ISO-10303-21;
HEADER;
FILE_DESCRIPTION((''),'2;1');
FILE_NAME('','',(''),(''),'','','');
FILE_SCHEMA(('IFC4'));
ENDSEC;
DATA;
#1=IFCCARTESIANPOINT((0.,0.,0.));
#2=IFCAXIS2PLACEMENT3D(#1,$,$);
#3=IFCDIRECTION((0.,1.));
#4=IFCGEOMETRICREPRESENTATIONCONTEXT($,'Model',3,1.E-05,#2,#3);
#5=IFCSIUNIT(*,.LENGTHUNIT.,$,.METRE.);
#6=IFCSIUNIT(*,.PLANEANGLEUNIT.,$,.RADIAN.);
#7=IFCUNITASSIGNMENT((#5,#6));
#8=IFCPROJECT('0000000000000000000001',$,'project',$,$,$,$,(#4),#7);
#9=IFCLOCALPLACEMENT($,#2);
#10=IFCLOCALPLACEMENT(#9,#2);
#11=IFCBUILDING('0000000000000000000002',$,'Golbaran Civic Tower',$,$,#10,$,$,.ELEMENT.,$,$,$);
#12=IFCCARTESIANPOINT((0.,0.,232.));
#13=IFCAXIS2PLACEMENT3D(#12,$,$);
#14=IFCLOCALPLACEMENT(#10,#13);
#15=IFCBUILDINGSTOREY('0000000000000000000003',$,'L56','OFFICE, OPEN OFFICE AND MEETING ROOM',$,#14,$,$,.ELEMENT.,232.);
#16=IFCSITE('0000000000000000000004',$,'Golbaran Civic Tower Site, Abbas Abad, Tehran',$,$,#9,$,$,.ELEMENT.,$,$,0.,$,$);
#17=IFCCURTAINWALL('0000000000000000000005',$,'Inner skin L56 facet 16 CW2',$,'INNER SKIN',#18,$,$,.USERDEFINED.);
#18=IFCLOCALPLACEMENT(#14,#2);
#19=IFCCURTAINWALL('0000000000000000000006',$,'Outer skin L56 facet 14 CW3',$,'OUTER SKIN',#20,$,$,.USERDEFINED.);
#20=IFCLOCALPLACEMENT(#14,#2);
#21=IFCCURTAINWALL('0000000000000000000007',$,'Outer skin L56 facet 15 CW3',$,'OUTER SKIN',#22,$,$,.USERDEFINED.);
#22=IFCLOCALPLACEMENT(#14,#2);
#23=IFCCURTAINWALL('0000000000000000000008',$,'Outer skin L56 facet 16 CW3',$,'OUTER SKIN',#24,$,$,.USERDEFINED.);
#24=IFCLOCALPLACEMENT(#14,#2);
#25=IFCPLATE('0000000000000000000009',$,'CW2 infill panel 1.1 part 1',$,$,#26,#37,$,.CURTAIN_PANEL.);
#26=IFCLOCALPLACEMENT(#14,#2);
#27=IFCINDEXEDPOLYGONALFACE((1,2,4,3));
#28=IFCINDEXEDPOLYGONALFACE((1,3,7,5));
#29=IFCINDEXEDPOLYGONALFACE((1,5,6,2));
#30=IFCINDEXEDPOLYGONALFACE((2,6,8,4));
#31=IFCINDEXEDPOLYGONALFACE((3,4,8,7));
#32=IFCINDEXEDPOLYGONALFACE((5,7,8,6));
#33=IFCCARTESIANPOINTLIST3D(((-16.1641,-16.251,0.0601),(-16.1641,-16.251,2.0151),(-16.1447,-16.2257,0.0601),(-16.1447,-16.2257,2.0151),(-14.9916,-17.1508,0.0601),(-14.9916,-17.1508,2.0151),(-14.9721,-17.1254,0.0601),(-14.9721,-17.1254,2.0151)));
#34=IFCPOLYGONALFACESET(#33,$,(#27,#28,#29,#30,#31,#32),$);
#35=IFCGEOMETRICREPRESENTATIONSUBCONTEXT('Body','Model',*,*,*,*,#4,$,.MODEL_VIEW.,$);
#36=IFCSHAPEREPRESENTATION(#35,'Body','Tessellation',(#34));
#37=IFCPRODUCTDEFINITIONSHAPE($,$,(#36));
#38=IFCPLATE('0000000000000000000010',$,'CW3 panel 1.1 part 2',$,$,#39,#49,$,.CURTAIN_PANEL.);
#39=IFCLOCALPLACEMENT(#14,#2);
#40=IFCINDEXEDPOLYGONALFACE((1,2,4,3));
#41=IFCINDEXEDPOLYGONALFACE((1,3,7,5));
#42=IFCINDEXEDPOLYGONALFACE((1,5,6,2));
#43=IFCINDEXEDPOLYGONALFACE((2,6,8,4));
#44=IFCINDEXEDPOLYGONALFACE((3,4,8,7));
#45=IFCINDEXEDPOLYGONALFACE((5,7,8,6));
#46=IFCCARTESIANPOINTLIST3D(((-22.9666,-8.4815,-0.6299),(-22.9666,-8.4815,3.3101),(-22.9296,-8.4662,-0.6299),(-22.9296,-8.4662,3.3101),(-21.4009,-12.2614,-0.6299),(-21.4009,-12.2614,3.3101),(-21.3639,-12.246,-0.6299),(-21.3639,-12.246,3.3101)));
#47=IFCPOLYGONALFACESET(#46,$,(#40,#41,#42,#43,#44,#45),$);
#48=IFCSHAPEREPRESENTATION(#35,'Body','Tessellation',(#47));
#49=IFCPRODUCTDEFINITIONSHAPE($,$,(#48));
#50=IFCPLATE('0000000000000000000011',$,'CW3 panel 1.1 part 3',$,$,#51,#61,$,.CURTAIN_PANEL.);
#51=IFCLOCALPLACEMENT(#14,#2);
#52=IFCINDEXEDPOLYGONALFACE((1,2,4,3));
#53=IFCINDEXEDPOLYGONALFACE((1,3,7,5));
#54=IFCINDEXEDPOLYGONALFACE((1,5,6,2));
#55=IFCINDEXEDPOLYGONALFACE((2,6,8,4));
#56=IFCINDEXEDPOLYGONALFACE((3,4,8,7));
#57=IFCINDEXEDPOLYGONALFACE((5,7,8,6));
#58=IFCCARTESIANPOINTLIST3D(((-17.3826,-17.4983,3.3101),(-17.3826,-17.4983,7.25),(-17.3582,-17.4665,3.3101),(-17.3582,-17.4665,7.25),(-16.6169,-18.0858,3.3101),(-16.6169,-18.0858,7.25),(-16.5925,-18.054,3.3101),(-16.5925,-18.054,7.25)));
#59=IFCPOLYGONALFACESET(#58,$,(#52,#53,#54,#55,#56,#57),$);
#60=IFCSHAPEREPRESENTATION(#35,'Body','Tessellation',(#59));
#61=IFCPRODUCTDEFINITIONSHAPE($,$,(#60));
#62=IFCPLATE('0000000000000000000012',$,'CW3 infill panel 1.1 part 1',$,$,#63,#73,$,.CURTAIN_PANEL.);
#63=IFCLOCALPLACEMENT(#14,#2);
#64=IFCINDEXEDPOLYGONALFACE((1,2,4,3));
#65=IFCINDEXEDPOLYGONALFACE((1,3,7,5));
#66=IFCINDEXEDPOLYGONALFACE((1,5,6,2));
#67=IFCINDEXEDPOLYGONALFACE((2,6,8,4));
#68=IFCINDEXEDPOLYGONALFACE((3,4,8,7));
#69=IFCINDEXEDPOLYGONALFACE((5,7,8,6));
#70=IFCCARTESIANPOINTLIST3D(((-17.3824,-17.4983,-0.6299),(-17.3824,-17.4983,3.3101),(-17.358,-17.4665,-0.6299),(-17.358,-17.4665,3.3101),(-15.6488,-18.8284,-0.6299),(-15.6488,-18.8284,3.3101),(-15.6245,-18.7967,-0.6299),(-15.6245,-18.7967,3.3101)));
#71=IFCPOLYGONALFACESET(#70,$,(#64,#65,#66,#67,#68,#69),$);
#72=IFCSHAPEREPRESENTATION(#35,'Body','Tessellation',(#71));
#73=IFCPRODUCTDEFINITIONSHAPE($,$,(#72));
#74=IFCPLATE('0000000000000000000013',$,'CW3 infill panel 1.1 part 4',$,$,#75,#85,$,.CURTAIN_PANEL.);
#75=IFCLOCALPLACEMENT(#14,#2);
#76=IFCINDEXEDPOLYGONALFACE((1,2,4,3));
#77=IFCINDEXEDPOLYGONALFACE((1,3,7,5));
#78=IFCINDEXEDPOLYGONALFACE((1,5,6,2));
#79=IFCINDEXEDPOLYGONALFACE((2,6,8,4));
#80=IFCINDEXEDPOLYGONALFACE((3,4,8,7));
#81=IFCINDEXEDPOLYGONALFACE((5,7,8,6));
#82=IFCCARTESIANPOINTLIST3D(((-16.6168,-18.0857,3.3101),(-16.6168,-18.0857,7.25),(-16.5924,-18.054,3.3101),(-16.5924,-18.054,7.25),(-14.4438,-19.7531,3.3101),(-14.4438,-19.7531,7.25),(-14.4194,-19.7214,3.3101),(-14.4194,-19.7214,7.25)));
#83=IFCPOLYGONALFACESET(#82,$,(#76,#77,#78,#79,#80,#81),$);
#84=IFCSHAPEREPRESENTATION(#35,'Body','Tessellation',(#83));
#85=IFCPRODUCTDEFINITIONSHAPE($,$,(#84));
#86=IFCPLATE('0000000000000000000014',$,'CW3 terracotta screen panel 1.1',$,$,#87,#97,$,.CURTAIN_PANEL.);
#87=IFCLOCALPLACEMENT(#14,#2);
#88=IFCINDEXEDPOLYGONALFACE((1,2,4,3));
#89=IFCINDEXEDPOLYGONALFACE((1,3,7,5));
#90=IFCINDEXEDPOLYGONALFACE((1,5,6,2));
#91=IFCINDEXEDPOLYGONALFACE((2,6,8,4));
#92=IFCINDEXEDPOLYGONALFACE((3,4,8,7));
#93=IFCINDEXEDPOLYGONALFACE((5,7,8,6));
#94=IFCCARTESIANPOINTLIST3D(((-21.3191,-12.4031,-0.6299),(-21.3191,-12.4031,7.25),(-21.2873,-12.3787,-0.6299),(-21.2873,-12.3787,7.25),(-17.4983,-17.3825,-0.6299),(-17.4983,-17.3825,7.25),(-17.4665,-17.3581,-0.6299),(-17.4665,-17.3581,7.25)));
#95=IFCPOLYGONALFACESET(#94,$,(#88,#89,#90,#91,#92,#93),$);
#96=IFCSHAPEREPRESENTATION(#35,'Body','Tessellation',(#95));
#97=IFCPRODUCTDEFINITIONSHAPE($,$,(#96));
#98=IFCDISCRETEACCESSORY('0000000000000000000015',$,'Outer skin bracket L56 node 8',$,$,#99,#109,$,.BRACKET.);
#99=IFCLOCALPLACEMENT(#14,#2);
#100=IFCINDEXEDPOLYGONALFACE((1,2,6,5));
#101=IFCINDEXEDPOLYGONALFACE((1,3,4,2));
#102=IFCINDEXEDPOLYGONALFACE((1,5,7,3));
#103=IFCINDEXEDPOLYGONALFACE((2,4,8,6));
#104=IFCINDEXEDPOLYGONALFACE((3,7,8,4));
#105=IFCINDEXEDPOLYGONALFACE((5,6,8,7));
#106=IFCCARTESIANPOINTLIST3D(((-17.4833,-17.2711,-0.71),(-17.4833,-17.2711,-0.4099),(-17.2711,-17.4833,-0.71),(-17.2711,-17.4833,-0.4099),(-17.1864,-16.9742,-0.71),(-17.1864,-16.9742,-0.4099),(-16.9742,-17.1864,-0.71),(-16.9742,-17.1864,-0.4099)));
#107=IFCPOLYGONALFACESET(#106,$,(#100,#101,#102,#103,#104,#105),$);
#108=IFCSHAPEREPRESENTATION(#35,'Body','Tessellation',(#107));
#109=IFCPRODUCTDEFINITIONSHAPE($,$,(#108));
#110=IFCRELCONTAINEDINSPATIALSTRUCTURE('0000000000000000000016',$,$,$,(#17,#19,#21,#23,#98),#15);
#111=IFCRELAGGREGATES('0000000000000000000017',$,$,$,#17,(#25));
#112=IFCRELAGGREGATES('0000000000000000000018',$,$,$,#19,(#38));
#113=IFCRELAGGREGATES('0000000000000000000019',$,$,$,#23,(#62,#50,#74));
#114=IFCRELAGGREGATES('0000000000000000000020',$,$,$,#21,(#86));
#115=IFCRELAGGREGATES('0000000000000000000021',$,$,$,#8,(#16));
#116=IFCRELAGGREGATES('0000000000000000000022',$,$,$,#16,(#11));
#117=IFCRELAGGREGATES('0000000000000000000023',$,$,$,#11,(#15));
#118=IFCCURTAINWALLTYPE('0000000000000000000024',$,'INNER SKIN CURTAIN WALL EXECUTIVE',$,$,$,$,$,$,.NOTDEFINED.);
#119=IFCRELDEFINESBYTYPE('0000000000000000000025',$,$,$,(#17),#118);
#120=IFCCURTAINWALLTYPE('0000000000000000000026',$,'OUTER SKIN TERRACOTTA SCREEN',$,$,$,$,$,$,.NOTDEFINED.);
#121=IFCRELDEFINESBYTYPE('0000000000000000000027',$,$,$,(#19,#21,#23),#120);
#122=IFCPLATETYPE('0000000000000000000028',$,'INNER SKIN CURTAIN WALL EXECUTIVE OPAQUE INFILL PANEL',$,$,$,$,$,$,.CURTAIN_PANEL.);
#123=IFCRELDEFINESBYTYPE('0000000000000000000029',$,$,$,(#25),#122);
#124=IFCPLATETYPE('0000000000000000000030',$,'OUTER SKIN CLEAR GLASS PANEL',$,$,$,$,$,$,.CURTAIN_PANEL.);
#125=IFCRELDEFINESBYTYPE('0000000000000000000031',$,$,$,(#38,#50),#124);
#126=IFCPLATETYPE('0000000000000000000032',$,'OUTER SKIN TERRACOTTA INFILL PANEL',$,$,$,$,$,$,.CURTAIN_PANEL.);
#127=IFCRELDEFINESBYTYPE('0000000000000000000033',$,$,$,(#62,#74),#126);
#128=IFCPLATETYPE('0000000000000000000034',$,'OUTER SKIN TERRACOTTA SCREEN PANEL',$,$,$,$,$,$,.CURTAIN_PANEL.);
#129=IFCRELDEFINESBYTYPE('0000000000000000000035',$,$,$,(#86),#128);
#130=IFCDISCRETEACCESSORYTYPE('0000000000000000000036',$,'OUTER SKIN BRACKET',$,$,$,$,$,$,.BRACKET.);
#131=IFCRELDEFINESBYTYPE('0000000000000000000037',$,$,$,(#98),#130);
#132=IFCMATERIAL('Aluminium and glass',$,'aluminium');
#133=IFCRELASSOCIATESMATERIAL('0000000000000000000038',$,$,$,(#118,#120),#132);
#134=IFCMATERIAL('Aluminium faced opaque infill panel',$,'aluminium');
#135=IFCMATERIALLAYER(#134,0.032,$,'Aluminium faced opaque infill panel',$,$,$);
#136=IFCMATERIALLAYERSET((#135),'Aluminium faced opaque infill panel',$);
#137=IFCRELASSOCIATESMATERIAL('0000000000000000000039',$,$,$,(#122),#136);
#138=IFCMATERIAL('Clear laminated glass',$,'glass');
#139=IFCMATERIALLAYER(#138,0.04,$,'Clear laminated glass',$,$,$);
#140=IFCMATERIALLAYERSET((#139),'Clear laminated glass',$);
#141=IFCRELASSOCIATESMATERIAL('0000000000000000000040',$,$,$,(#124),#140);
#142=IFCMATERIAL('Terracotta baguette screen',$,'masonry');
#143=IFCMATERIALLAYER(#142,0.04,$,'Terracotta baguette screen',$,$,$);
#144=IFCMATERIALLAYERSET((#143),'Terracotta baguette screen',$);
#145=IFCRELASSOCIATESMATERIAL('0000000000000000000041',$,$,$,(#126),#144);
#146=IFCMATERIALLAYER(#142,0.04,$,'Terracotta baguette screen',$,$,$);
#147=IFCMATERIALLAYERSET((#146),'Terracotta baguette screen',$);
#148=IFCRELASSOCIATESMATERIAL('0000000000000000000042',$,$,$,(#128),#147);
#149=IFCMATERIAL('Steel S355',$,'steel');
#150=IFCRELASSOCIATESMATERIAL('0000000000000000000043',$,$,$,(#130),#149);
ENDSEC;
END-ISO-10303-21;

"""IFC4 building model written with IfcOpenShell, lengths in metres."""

from ifc_helpers import new_model, si_unit, direction, frame, origin, origin_2d, place, context, subcontext, project, spatial, rectangle, extrude, material, layer, layer_set, type_object, element, aggregate, save


model = new_model("IFC4")

# Units and contexts
model_context = context("Model", 3, precision=1e-05, world=origin(), true_north=direction((0.0, 1.0)))
body_context = subcontext(model_context, "Body", "Model", "MODEL_VIEW")
ifc_project = project(units=[si_unit("LENGTHUNIT", "METRE"), si_unit("PLANEANGLEUNIT", "RADIAN")], contexts=[model_context])

# Site, building, storey
site_placement = place(None, origin())
site = spatial("IfcSite", under=ifc_project, at=site_placement, Name="Golbaran Civic Tower Site, Abbas Abad, Tehran", CompositionType="ELEMENT", RefElevation=0.0)
building_placement = place(site_placement, origin())
building = spatial("IfcBuilding", under=site, at=building_placement, Name="Golbaran Civic Tower", CompositionType="ELEMENT")
storey_placement = place(building_placement, frame((0.0, 0.0, 232.0)))
storey = spatial("IfcBuildingStorey", under=building, at=storey_placement, Name="L56", Description="OFFICE, OPEN OFFICE AND MEETING ROOM", CompositionType="ELEMENT", Elevation=232.0)

# Shared definitions
ifc_material_1 = material(Name="Steel S355", Category="steel")

# Shared definitions
ifc_material_2 = material(Name="Aluminium and glass", Category="aluminium")
curtain_wall_type_1 = type_object("IfcCurtainWallType", Name="INNER SKIN CURTAIN WALL EXECUTIVE", PredefinedType="NOTDEFINED", material=ifc_material_2)

# Curtain wall
curtain_wall_1_placement = place(storey_placement, origin())
curtain_wall_1 = element("IfcCurtainWall", 1, at=curtain_wall_1_placement, inside=storey, type_object=curtain_wall_type_1, Name="Inner skin L56 facet 16 CW2", ObjectType="INNER SKIN", PredefinedType="USERDEFINED")

# Curtain wall
curtain_wall_type_2 = type_object("IfcCurtainWallType", Name="OUTER SKIN TERRACOTTA SCREEN", PredefinedType="NOTDEFINED", material=ifc_material_2)
curtain_wall_2_placement = place(storey_placement, origin())
curtain_wall_2 = element("IfcCurtainWall", 2, at=curtain_wall_2_placement, inside=storey, type_object=curtain_wall_type_2, Name="Outer skin L56 facet 14 CW3", ObjectType="OUTER SKIN", PredefinedType="USERDEFINED")

# Curtain wall
curtain_wall_3_placement = place(storey_placement, origin())
curtain_wall_3 = element("IfcCurtainWall", 3, at=curtain_wall_3_placement, inside=storey, type_object=curtain_wall_type_2, Name="Outer skin L56 facet 15 CW3", ObjectType="OUTER SKIN", PredefinedType="USERDEFINED")

# Curtain wall
curtain_wall_4_placement = place(storey_placement, origin())
curtain_wall_4 = element("IfcCurtainWall", 4, at=curtain_wall_4_placement, inside=storey, type_object=curtain_wall_type_2, Name="Outer skin L56 facet 16 CW3", ObjectType="OUTER SKIN", PredefinedType="USERDEFINED")

# Plates
ifc_material_3 = material(Name="Aluminium faced opaque infill panel", Category="aluminium")
ifc_layer_1 = layer(ifc_material_3, 0.032, Name="Aluminium faced opaque infill panel")
ifc_layer_set_1 = layer_set([ifc_layer_1], Name="Aluminium faced opaque infill panel")
plate_type_1 = type_object("IfcPlateType", Name="INNER SKIN CURTAIN WALL EXECUTIVE OPAQUE INFILL PANEL", PredefinedType="CURTAIN_PANEL", material=ifc_layer_set_1)
plate_1_placement = place(storey_placement, frame((-15.5681, -16.6882, 0.0601), z_axis=(0.0, 0.0, 1.0), x_axis=(0.793353, -0.608761, 0.0)))
plate_1 = element("IfcPlate", 5, at=plate_1_placement, type_object=plate_type_1, Name="CW2 infill panel 1.1 part 1", PredefinedType="CURTAIN_PANEL", context=body_context, shape_type="SweptSolid", body=[
    extrude(rectangle(XDim=1.478, YDim=0.032, at=origin_2d()), origin(), (0.0, 0.0, 1.0), 1.9551),
])
aggregate(curtain_wall_1, [plate_1])
ifc_material_4 = material(Name="Clear laminated glass", Category="glass")
ifc_layer_2 = layer(ifc_material_4, 0.04, Name="Clear laminated glass")
ifc_layer_set_2 = layer_set([ifc_layer_2], Name="Clear laminated glass")
plate_type_2 = type_object("IfcPlateType", Name="OUTER SKIN CLEAR GLASS PANEL", PredefinedType="CURTAIN_PANEL", material=ifc_layer_set_2)
plate_2_placement = place(storey_placement, frame((-22.1653, -10.3638, -0.6299), z_axis=(0.0, 0.0, 1.0), x_axis=(0.382683, -0.92388, 0.0)))
plate_2 = element("IfcPlate", 6, at=plate_2_placement, type_object=plate_type_2, Name="CW3 panel 1.1 part 2", PredefinedType="CURTAIN_PANEL", context=body_context, shape_type="SweptSolid", body=[
    extrude(rectangle(XDim=4.0913, YDim=0.04, at=origin_2d()), origin(), (0.0, 0.0, 1.0), 3.9399),
])
aggregate(curtain_wall_2, [plate_2])
plate_3_placement = place(storey_placement, frame((-16.9875, -17.7761, 3.3101), z_axis=(0.0, 0.0, 1.0), x_axis=(0.793353, -0.608761, 0.0)))
plate_3 = element("IfcPlate", 7, at=plate_3_placement, type_object=plate_type_2, Name="CW3 panel 1.1 part 3", PredefinedType="CURTAIN_PANEL", context=body_context, shape_type="SweptSolid", body=[
    extrude(rectangle(XDim=0.9651, YDim=0.04, at=origin_2d()), origin(), (0.0, 0.0, 1.0), 3.9399),
])
ifc_material_5 = material(Name="Terracotta baguette screen", Category="masonry")
ifc_layer_3 = layer(ifc_material_5, 0.04, Name="Terracotta baguette screen")
ifc_layer_set_3 = layer_set([ifc_layer_3], Name="Terracotta baguette screen")
plate_type_3 = type_object("IfcPlateType", Name="OUTER SKIN TERRACOTTA INFILL PANEL", PredefinedType="CURTAIN_PANEL", material=ifc_layer_set_3)
plate_4_placement = place(storey_placement, frame((-16.5034, -18.1475, -0.6299), z_axis=(0.0, 0.0, 1.0), x_axis=(0.793353, -0.608761, 0.0)))
plate_4 = element("IfcPlate", 8, at=plate_4_placement, type_object=plate_type_3, Name="CW3 infill panel 1.1 part 1", PredefinedType="CURTAIN_PANEL", context=body_context, shape_type="SweptSolid", body=[
    extrude(rectangle(XDim=2.1851, YDim=0.04, at=origin_2d()), origin(), (0.0, 0.0, 1.0), 3.9399),
])
plate_5_placement = place(storey_placement, frame((-15.5181, -18.9036, 3.3101), z_axis=(0.0, 0.0, 1.0), x_axis=(0.793353, -0.608761, 0.0)))
plate_5 = element("IfcPlate", 9, at=plate_5_placement, type_object=plate_type_3, Name="CW3 infill panel 1.1 part 4", PredefinedType="CURTAIN_PANEL", context=body_context, shape_type="SweptSolid", body=[
    extrude(rectangle(XDim=2.739, YDim=0.04, at=origin_2d()), origin(), (0.0, 0.0, 1.0), 3.9399),
])
aggregate(curtain_wall_4, [plate_4, plate_3, plate_5])
ifc_layer_4 = layer(ifc_material_5, 0.04, Name="Terracotta baguette screen")
ifc_layer_set_4 = layer_set([ifc_layer_4], Name="Terracotta baguette screen")
plate_type_4 = type_object("IfcPlateType", Name="OUTER SKIN TERRACOTTA SCREEN PANEL", PredefinedType="CURTAIN_PANEL", material=ifc_layer_set_4)
plate_6_placement = place(storey_placement, frame((-19.3928, -14.8806, -0.6299), z_axis=(0.0, 0.0, 1.0), x_axis=(0.608761, -0.793353, 0.0)))
plate_6 = element("IfcPlate", 10, at=plate_6_placement, type_object=plate_type_4, Name="CW3 terracotta screen panel 1.1", PredefinedType="CURTAIN_PANEL", context=body_context, shape_type="SweptSolid", body=[
    extrude(rectangle(XDim=6.2764, YDim=0.04, at=origin_2d()), origin(), (0.0, 0.0, 1.0), 7.8799),
])
aggregate(curtain_wall_3, [plate_6])

# Discrete accessory
discrete_accessory_type = type_object("IfcDiscreteAccessoryType", Name="OUTER SKIN BRACKET", PredefinedType="BRACKET", material=ifc_material_1)
discrete_accessory_placement = place(storey_placement, frame((-17.2288, -17.2288, -0.71), z_axis=(0.0, 0.0, 1.0), x_axis=(-0.707107, -0.707107, 0.0)))
element("IfcDiscreteAccessory", 11, at=discrete_accessory_placement, inside=storey, type_object=discrete_accessory_type, Name="Outer skin bracket L56 node 8", PredefinedType="BRACKET", context=body_context, shape_type="SweptSolid", body=[
    extrude(rectangle(XDim=0.4199, YDim=0.3, at=origin_2d()), origin(), (0.0, 0.0, 1.0), 0.3),
])

save(model, "model.ifc")
